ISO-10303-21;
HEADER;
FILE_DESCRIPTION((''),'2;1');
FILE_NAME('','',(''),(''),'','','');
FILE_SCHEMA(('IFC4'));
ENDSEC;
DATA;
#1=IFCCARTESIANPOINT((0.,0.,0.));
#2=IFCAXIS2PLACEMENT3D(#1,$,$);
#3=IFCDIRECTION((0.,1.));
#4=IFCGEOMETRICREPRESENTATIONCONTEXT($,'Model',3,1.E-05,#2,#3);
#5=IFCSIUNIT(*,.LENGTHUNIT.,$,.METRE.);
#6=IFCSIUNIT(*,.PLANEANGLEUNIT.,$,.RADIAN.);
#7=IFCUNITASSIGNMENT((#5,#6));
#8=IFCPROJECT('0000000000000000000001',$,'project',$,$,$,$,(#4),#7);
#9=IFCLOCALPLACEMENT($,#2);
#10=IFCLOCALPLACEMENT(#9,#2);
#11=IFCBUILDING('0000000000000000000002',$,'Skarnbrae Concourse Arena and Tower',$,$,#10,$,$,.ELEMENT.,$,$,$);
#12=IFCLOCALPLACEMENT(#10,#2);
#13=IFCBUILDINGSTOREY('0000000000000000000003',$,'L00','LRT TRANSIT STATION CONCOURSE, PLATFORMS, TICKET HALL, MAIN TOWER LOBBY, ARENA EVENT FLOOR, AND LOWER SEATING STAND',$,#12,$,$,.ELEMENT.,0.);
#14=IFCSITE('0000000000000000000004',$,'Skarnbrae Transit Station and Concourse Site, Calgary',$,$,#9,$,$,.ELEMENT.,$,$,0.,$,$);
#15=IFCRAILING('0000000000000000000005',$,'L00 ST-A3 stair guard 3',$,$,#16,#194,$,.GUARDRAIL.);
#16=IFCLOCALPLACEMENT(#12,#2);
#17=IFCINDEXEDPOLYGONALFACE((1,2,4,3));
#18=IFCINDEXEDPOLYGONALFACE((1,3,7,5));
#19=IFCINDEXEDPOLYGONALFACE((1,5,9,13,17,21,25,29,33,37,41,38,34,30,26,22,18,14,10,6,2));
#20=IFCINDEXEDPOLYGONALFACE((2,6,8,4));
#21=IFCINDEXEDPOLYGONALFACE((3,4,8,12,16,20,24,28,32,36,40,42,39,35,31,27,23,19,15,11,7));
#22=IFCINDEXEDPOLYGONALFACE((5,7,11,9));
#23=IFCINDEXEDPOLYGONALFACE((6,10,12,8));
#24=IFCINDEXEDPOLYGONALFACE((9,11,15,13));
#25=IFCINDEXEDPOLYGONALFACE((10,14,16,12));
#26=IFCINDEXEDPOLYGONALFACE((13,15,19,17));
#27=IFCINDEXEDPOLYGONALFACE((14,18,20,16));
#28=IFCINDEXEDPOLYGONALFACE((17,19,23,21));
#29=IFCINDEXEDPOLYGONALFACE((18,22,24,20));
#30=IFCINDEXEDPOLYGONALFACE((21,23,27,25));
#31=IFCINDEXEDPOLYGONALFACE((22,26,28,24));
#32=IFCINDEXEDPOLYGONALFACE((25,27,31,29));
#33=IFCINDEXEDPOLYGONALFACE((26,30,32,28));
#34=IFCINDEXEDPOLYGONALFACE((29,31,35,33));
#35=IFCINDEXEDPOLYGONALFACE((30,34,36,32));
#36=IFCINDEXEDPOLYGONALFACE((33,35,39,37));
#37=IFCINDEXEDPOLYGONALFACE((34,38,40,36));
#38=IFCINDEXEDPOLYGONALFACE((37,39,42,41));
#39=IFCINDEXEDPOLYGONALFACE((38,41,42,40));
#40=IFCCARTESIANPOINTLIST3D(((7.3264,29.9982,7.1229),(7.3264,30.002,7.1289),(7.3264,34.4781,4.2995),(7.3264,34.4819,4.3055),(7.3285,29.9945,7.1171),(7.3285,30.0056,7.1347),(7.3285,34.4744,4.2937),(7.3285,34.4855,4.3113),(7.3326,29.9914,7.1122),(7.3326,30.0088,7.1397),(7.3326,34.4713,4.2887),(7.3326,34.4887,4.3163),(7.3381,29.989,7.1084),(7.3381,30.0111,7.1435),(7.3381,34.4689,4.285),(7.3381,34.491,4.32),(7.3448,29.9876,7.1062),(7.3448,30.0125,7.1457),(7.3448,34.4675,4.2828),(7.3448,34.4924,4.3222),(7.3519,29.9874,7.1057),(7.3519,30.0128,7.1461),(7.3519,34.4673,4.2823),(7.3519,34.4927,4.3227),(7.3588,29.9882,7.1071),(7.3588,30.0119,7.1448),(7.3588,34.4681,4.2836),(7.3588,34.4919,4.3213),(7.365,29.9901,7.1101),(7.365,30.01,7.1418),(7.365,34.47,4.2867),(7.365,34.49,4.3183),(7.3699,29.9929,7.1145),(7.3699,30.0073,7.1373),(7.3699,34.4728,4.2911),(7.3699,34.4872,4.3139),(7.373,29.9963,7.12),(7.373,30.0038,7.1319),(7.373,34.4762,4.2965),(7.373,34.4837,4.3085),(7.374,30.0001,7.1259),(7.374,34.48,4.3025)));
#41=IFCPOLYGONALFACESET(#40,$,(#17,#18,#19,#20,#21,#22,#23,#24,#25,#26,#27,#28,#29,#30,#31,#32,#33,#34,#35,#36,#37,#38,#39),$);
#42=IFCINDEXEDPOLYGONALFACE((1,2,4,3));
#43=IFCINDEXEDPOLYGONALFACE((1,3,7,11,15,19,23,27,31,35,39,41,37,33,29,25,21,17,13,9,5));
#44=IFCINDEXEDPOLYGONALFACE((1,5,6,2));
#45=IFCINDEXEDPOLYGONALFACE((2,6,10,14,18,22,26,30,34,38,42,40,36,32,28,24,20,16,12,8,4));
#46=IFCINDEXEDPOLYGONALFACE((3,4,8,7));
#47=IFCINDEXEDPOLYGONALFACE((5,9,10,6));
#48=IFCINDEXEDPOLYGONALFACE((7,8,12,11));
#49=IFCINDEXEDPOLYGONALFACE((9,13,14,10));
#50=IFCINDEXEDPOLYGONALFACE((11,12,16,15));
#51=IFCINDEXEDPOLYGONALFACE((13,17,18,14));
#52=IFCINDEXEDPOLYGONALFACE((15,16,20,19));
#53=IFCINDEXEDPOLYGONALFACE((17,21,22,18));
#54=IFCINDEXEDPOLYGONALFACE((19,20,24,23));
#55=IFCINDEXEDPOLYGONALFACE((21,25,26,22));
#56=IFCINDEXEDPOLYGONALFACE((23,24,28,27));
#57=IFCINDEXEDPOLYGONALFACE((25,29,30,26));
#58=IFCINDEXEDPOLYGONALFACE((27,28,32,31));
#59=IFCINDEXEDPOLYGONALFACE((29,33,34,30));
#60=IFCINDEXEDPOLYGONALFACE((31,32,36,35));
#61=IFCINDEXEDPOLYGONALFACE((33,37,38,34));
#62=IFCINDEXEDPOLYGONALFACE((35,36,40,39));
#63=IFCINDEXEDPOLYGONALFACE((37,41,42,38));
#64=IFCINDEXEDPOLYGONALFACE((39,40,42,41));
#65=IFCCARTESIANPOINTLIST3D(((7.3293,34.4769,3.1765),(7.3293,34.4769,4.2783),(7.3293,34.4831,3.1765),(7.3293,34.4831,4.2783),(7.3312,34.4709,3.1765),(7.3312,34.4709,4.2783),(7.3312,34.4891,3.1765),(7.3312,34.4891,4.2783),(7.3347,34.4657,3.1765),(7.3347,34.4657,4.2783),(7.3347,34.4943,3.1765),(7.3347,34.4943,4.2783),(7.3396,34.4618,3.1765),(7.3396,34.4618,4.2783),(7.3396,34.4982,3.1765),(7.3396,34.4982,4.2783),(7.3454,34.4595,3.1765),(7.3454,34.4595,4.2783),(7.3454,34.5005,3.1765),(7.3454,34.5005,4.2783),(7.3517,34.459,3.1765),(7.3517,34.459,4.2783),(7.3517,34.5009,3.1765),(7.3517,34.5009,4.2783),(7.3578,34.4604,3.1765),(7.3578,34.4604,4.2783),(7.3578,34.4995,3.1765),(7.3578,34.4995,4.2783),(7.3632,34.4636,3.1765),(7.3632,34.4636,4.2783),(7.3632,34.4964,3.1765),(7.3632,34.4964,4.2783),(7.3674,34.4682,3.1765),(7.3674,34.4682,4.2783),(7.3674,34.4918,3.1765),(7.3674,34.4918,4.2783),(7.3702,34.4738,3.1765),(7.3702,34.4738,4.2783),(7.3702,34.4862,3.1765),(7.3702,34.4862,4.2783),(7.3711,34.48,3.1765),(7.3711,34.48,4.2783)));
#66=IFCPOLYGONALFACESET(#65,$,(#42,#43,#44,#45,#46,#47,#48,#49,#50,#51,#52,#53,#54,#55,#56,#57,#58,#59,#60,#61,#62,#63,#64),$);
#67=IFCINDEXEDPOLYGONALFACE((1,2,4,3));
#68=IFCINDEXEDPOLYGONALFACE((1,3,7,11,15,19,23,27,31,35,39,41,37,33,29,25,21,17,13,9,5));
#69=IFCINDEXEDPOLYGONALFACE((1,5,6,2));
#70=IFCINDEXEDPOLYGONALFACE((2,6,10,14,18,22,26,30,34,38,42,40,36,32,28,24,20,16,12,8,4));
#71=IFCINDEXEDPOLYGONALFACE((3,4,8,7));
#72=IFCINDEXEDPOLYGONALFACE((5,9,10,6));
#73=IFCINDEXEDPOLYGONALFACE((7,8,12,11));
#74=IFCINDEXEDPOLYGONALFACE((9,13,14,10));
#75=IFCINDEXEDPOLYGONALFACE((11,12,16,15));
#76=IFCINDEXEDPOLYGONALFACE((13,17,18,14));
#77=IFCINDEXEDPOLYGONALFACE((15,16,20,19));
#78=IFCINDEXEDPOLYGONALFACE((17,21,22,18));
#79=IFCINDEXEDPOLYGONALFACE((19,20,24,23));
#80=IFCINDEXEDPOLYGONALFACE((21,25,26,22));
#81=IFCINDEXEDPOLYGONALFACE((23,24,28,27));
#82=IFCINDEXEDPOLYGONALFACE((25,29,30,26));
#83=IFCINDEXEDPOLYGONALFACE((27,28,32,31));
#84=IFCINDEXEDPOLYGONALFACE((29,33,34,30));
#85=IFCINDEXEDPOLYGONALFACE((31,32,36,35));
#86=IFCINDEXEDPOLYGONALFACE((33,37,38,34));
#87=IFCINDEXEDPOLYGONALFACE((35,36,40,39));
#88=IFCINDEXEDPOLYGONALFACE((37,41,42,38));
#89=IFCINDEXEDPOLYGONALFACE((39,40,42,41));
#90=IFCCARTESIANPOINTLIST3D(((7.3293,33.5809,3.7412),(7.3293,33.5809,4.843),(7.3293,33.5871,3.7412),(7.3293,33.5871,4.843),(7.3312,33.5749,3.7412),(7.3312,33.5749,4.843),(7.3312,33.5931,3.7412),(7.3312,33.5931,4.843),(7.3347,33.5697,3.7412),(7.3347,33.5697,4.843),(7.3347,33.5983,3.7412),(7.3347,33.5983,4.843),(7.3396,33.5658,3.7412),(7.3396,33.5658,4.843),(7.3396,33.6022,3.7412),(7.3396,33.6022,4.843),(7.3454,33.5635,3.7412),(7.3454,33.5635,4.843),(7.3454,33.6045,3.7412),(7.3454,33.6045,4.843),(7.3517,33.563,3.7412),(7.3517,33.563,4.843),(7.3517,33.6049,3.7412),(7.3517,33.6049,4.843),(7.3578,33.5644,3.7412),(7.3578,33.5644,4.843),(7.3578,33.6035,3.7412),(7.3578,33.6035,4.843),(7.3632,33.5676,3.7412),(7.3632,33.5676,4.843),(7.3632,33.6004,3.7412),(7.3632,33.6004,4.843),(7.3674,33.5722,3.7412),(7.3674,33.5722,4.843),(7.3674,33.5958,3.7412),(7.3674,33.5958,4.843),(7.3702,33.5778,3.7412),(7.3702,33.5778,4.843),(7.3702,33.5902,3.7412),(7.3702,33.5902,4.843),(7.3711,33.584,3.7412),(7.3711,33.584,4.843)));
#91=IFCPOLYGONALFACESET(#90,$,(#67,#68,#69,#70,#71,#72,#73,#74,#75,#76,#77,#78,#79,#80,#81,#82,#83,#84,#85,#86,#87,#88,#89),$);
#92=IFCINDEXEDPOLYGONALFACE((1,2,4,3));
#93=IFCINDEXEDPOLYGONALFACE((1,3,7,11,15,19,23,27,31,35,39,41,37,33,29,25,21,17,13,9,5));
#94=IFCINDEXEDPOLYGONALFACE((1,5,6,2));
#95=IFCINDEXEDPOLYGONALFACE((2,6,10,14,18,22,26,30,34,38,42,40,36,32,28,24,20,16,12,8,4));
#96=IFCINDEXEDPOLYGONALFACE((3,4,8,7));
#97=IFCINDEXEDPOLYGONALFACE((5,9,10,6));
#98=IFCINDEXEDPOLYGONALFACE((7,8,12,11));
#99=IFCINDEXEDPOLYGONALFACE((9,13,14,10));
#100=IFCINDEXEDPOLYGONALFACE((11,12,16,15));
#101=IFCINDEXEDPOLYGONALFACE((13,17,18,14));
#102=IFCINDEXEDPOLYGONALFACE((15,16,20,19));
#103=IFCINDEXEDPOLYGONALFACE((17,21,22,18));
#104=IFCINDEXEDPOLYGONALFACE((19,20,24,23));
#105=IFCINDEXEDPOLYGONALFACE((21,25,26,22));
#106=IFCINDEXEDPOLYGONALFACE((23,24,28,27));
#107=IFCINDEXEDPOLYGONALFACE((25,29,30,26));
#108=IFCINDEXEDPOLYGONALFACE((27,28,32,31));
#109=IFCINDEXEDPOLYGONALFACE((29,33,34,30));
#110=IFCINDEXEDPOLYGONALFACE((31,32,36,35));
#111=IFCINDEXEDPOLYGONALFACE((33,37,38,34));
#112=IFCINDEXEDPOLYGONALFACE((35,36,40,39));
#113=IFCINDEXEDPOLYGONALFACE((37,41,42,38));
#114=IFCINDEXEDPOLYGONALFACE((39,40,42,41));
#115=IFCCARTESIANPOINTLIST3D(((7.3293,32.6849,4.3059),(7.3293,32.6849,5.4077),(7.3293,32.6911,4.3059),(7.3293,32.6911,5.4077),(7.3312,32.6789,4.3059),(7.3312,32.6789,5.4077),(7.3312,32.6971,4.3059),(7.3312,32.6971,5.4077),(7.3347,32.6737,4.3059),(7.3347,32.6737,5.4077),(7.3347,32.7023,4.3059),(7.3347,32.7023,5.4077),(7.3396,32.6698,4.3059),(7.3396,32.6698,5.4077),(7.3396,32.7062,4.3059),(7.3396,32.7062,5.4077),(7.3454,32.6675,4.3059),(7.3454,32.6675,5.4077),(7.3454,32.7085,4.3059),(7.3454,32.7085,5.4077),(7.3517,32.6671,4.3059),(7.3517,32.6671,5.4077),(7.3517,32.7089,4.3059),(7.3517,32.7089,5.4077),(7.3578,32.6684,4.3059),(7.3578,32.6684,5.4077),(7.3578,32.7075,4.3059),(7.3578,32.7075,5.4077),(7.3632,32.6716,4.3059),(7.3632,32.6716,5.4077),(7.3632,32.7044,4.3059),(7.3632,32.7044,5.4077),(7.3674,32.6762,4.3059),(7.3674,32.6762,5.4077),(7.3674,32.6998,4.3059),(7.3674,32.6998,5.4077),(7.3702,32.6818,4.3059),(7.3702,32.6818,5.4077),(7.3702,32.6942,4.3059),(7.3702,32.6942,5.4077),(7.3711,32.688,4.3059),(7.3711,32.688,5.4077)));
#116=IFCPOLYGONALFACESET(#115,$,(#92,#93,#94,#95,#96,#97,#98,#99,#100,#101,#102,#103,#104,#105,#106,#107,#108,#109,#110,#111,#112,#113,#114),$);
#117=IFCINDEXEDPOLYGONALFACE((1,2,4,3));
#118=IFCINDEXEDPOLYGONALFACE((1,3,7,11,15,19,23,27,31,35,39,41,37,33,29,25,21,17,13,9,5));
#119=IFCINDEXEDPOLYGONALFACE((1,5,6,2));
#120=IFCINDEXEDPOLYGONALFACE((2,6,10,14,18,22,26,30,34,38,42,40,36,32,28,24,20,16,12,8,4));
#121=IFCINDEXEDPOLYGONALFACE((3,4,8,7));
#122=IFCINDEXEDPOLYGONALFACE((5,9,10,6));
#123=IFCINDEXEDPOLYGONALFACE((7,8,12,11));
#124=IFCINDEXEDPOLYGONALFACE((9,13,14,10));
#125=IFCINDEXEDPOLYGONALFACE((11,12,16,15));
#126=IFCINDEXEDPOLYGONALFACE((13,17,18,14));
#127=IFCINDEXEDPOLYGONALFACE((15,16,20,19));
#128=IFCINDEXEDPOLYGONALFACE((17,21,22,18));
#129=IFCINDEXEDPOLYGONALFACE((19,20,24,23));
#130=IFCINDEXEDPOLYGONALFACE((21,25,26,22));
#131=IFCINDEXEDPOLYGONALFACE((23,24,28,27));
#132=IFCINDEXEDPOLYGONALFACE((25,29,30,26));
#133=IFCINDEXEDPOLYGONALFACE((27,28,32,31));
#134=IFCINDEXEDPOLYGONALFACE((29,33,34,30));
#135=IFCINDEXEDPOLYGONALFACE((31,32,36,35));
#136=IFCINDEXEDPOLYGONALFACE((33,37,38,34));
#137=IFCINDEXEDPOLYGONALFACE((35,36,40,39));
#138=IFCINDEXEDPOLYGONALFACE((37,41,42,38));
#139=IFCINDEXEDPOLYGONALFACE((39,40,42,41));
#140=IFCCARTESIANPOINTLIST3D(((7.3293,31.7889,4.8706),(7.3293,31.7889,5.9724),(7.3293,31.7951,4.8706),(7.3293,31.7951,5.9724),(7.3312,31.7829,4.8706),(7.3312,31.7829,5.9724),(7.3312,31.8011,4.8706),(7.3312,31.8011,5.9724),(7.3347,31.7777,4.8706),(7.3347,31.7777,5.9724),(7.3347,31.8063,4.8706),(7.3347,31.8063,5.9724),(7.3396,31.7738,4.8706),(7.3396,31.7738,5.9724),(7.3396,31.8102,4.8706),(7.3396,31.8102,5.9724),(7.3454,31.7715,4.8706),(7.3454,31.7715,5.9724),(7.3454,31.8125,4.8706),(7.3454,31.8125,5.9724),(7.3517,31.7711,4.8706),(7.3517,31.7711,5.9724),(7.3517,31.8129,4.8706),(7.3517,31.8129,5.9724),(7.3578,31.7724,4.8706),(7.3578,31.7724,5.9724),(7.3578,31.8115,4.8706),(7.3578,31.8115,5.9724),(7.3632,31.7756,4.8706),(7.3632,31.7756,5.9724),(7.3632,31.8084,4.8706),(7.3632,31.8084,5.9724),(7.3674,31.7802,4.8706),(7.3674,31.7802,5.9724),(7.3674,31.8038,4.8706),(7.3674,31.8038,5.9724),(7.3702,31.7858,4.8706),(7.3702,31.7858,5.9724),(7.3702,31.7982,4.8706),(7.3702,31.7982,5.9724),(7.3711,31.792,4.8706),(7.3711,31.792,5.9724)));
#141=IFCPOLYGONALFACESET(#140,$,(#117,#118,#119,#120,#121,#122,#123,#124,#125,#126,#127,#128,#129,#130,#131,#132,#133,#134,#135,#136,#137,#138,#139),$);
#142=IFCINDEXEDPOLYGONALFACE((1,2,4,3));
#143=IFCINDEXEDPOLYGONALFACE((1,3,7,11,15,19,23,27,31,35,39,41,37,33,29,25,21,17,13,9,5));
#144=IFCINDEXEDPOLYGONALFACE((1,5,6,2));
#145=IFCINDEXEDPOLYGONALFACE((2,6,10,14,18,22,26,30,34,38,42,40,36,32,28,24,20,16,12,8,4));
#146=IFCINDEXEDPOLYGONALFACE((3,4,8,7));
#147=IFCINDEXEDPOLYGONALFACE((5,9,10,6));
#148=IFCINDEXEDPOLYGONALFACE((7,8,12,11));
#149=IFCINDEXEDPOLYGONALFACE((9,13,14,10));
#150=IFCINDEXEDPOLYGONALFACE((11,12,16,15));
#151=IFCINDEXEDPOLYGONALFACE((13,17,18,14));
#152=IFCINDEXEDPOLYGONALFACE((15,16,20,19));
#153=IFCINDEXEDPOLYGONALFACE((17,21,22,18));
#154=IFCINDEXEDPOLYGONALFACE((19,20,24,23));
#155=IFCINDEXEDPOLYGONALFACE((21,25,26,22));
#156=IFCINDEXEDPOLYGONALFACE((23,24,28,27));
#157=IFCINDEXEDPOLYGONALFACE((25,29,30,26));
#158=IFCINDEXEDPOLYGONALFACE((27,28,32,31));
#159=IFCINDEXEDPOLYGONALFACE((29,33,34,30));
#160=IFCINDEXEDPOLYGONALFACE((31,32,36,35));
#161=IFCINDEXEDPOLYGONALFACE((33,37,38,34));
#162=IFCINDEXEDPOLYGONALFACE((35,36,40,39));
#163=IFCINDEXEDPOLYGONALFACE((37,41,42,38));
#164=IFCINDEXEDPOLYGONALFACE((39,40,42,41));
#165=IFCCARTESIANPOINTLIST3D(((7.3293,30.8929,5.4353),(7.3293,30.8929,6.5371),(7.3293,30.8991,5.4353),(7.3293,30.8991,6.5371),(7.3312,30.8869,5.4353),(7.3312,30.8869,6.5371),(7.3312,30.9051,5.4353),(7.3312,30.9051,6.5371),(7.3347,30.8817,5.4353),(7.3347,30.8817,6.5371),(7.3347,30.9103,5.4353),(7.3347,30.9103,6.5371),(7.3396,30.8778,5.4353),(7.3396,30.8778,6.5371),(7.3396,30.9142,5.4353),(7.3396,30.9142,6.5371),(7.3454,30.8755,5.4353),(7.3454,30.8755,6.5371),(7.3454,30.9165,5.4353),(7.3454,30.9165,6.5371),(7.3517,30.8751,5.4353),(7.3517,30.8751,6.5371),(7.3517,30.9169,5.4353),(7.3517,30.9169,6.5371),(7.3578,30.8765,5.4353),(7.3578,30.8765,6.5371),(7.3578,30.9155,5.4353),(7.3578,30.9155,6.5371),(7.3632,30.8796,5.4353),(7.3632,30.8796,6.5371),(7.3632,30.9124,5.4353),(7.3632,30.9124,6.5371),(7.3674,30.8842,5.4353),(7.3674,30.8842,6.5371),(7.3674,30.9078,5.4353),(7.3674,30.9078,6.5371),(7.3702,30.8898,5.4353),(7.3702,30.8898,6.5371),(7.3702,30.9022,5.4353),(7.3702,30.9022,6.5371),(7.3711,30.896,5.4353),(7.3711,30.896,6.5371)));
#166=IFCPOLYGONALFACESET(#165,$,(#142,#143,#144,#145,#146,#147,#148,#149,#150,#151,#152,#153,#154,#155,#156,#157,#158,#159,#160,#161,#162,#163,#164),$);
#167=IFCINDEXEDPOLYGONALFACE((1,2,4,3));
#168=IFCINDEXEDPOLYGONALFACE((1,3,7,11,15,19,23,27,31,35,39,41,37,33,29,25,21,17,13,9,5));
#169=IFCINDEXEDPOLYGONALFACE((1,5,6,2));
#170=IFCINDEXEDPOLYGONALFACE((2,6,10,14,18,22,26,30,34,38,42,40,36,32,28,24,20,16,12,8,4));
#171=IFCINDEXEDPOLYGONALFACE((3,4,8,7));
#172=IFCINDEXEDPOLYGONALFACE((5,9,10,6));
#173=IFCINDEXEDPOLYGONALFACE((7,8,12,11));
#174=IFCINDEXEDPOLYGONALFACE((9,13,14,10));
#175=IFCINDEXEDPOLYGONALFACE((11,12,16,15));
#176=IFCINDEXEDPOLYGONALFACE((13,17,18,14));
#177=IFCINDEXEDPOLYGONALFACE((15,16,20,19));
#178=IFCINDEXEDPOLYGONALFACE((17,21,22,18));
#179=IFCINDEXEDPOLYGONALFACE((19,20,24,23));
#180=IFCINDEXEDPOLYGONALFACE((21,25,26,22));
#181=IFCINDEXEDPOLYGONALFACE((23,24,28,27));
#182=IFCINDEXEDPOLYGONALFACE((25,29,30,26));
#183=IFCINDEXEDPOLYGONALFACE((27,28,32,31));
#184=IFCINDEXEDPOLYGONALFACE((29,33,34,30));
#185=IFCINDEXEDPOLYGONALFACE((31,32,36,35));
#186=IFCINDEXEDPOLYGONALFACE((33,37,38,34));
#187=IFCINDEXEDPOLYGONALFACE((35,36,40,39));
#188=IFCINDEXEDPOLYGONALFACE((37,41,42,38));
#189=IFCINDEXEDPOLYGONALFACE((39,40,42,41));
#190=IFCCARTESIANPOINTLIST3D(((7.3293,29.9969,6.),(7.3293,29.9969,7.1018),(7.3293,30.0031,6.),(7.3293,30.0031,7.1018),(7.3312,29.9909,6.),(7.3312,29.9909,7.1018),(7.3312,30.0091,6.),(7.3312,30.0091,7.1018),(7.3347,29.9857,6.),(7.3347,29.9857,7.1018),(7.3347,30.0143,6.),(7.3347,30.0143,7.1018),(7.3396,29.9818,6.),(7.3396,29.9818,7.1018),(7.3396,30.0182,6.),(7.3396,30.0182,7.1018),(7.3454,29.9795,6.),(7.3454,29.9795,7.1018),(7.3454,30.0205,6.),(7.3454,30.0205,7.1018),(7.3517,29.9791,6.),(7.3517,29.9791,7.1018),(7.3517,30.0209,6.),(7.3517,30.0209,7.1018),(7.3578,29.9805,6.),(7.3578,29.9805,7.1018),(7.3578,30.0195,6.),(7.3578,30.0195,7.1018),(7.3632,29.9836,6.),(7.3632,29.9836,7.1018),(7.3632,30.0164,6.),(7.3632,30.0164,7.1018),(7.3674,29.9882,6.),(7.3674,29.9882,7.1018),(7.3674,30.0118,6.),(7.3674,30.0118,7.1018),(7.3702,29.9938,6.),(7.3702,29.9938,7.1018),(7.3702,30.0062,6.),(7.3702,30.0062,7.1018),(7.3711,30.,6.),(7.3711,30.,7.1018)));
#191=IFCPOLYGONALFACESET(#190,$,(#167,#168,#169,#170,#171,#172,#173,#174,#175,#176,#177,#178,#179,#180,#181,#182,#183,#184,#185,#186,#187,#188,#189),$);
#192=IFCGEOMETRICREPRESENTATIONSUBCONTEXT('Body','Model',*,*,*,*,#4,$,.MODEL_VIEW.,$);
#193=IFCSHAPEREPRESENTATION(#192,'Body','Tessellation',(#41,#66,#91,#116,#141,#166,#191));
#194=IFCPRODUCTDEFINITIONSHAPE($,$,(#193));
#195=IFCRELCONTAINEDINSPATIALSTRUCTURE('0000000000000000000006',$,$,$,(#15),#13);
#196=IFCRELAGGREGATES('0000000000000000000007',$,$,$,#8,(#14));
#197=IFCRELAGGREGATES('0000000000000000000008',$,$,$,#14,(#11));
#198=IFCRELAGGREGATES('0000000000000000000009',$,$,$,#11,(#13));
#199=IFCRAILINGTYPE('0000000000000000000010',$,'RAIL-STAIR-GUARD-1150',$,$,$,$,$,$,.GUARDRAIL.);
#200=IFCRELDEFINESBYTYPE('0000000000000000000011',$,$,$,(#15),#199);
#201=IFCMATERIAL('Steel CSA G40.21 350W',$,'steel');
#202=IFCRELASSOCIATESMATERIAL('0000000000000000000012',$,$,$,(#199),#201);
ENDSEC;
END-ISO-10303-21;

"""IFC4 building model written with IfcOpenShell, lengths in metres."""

from ifc_helpers import new_model, si_unit, direction, frame, origin, origin_2d, place, context, subcontext, project, spatial, circle, extrude, material, type_object, element, save


model = new_model("IFC4")

# Units and contexts
model_context = context("Model", 3, precision=1e-05, world=origin(), true_north=direction((0.0, 1.0)))
body_context = subcontext(model_context, "Body", "Model", "MODEL_VIEW")
ifc_project = project(units=[si_unit("LENGTHUNIT", "METRE"), si_unit("PLANEANGLEUNIT", "RADIAN")], contexts=[model_context])

# Site, building, storey
site_placement = place(None, origin())
site = spatial("IfcSite", under=ifc_project, at=site_placement, Name="Skarnbrae Transit Station and Concourse Site, Calgary", CompositionType="ELEMENT", RefElevation=0.0)
building_placement = place(site_placement, origin())
building = spatial("IfcBuilding", under=site, at=building_placement, Name="Skarnbrae Concourse Arena and Tower", CompositionType="ELEMENT")
storey_placement = place(building_placement, origin())
storey = spatial("IfcBuildingStorey", under=building, at=storey_placement, Name="L00", Description="LRT TRANSIT STATION CONCOURSE, PLATFORMS, TICKET HALL, MAIN TOWER LOBBY, ARENA EVENT FLOOR, AND LOWER SEATING STAND", CompositionType="ELEMENT", Elevation=0.0)

# Shared definitions
ifc_material_1 = material(Name="Steel CSA G40.21 350W", Category="steel")

# Railing
railing_type_1 = type_object("IfcRailingType", Name="RAIL-STAIR-GUARD-1150", PredefinedType="GUARDRAIL", material=ifc_material_1)
railing_1_placement = place(storey_placement, frame((7.3501, 34.48, 3.1765)))
element("IfcRailing", 1, at=railing_1_placement, inside=storey, type_object=railing_type_1, Name="L00 ST-A3 stair guard 3", PredefinedType="GUARDRAIL", context=body_context, shape_type="SweptSolid", body=[
    extrude(circle(Radius=0.0239, at=origin_2d()), frame((0.0, 0.0, 1.126), z_axis=(0.0, -0.845998, 0.533186), x_axis=(1.0, 0.0, 0.0)), (0.0, 0.0, 1.0), 5.2954),
    extrude(circle(Radius=0.021, at=origin_2d()), origin(), (0.0, 0.0, 1.0), 1.1018),
    extrude(circle(Radius=0.021, at=origin_2d()), frame((0.0, -0.896, 0.5647)), (0.0, 0.0, 1.0), 1.1018),
    extrude(circle(Radius=0.021, at=origin_2d()), frame((0.0, -1.792, 1.1294)), (0.0, 0.0, 1.0), 1.1018),
    extrude(circle(Radius=0.021, at=origin_2d()), frame((0.0, -2.688, 1.6941)), (0.0, 0.0, 1.0), 1.1018),
    extrude(circle(Radius=0.021, at=origin_2d()), frame((0.0, -3.584, 2.2588)), (0.0, 0.0, 1.0), 1.1018),
    extrude(circle(Radius=0.021, at=origin_2d()), frame((0.0, -4.48, 2.8235)), (0.0, 0.0, 1.0), 1.1018),
])

save(model, "model.ifc")
